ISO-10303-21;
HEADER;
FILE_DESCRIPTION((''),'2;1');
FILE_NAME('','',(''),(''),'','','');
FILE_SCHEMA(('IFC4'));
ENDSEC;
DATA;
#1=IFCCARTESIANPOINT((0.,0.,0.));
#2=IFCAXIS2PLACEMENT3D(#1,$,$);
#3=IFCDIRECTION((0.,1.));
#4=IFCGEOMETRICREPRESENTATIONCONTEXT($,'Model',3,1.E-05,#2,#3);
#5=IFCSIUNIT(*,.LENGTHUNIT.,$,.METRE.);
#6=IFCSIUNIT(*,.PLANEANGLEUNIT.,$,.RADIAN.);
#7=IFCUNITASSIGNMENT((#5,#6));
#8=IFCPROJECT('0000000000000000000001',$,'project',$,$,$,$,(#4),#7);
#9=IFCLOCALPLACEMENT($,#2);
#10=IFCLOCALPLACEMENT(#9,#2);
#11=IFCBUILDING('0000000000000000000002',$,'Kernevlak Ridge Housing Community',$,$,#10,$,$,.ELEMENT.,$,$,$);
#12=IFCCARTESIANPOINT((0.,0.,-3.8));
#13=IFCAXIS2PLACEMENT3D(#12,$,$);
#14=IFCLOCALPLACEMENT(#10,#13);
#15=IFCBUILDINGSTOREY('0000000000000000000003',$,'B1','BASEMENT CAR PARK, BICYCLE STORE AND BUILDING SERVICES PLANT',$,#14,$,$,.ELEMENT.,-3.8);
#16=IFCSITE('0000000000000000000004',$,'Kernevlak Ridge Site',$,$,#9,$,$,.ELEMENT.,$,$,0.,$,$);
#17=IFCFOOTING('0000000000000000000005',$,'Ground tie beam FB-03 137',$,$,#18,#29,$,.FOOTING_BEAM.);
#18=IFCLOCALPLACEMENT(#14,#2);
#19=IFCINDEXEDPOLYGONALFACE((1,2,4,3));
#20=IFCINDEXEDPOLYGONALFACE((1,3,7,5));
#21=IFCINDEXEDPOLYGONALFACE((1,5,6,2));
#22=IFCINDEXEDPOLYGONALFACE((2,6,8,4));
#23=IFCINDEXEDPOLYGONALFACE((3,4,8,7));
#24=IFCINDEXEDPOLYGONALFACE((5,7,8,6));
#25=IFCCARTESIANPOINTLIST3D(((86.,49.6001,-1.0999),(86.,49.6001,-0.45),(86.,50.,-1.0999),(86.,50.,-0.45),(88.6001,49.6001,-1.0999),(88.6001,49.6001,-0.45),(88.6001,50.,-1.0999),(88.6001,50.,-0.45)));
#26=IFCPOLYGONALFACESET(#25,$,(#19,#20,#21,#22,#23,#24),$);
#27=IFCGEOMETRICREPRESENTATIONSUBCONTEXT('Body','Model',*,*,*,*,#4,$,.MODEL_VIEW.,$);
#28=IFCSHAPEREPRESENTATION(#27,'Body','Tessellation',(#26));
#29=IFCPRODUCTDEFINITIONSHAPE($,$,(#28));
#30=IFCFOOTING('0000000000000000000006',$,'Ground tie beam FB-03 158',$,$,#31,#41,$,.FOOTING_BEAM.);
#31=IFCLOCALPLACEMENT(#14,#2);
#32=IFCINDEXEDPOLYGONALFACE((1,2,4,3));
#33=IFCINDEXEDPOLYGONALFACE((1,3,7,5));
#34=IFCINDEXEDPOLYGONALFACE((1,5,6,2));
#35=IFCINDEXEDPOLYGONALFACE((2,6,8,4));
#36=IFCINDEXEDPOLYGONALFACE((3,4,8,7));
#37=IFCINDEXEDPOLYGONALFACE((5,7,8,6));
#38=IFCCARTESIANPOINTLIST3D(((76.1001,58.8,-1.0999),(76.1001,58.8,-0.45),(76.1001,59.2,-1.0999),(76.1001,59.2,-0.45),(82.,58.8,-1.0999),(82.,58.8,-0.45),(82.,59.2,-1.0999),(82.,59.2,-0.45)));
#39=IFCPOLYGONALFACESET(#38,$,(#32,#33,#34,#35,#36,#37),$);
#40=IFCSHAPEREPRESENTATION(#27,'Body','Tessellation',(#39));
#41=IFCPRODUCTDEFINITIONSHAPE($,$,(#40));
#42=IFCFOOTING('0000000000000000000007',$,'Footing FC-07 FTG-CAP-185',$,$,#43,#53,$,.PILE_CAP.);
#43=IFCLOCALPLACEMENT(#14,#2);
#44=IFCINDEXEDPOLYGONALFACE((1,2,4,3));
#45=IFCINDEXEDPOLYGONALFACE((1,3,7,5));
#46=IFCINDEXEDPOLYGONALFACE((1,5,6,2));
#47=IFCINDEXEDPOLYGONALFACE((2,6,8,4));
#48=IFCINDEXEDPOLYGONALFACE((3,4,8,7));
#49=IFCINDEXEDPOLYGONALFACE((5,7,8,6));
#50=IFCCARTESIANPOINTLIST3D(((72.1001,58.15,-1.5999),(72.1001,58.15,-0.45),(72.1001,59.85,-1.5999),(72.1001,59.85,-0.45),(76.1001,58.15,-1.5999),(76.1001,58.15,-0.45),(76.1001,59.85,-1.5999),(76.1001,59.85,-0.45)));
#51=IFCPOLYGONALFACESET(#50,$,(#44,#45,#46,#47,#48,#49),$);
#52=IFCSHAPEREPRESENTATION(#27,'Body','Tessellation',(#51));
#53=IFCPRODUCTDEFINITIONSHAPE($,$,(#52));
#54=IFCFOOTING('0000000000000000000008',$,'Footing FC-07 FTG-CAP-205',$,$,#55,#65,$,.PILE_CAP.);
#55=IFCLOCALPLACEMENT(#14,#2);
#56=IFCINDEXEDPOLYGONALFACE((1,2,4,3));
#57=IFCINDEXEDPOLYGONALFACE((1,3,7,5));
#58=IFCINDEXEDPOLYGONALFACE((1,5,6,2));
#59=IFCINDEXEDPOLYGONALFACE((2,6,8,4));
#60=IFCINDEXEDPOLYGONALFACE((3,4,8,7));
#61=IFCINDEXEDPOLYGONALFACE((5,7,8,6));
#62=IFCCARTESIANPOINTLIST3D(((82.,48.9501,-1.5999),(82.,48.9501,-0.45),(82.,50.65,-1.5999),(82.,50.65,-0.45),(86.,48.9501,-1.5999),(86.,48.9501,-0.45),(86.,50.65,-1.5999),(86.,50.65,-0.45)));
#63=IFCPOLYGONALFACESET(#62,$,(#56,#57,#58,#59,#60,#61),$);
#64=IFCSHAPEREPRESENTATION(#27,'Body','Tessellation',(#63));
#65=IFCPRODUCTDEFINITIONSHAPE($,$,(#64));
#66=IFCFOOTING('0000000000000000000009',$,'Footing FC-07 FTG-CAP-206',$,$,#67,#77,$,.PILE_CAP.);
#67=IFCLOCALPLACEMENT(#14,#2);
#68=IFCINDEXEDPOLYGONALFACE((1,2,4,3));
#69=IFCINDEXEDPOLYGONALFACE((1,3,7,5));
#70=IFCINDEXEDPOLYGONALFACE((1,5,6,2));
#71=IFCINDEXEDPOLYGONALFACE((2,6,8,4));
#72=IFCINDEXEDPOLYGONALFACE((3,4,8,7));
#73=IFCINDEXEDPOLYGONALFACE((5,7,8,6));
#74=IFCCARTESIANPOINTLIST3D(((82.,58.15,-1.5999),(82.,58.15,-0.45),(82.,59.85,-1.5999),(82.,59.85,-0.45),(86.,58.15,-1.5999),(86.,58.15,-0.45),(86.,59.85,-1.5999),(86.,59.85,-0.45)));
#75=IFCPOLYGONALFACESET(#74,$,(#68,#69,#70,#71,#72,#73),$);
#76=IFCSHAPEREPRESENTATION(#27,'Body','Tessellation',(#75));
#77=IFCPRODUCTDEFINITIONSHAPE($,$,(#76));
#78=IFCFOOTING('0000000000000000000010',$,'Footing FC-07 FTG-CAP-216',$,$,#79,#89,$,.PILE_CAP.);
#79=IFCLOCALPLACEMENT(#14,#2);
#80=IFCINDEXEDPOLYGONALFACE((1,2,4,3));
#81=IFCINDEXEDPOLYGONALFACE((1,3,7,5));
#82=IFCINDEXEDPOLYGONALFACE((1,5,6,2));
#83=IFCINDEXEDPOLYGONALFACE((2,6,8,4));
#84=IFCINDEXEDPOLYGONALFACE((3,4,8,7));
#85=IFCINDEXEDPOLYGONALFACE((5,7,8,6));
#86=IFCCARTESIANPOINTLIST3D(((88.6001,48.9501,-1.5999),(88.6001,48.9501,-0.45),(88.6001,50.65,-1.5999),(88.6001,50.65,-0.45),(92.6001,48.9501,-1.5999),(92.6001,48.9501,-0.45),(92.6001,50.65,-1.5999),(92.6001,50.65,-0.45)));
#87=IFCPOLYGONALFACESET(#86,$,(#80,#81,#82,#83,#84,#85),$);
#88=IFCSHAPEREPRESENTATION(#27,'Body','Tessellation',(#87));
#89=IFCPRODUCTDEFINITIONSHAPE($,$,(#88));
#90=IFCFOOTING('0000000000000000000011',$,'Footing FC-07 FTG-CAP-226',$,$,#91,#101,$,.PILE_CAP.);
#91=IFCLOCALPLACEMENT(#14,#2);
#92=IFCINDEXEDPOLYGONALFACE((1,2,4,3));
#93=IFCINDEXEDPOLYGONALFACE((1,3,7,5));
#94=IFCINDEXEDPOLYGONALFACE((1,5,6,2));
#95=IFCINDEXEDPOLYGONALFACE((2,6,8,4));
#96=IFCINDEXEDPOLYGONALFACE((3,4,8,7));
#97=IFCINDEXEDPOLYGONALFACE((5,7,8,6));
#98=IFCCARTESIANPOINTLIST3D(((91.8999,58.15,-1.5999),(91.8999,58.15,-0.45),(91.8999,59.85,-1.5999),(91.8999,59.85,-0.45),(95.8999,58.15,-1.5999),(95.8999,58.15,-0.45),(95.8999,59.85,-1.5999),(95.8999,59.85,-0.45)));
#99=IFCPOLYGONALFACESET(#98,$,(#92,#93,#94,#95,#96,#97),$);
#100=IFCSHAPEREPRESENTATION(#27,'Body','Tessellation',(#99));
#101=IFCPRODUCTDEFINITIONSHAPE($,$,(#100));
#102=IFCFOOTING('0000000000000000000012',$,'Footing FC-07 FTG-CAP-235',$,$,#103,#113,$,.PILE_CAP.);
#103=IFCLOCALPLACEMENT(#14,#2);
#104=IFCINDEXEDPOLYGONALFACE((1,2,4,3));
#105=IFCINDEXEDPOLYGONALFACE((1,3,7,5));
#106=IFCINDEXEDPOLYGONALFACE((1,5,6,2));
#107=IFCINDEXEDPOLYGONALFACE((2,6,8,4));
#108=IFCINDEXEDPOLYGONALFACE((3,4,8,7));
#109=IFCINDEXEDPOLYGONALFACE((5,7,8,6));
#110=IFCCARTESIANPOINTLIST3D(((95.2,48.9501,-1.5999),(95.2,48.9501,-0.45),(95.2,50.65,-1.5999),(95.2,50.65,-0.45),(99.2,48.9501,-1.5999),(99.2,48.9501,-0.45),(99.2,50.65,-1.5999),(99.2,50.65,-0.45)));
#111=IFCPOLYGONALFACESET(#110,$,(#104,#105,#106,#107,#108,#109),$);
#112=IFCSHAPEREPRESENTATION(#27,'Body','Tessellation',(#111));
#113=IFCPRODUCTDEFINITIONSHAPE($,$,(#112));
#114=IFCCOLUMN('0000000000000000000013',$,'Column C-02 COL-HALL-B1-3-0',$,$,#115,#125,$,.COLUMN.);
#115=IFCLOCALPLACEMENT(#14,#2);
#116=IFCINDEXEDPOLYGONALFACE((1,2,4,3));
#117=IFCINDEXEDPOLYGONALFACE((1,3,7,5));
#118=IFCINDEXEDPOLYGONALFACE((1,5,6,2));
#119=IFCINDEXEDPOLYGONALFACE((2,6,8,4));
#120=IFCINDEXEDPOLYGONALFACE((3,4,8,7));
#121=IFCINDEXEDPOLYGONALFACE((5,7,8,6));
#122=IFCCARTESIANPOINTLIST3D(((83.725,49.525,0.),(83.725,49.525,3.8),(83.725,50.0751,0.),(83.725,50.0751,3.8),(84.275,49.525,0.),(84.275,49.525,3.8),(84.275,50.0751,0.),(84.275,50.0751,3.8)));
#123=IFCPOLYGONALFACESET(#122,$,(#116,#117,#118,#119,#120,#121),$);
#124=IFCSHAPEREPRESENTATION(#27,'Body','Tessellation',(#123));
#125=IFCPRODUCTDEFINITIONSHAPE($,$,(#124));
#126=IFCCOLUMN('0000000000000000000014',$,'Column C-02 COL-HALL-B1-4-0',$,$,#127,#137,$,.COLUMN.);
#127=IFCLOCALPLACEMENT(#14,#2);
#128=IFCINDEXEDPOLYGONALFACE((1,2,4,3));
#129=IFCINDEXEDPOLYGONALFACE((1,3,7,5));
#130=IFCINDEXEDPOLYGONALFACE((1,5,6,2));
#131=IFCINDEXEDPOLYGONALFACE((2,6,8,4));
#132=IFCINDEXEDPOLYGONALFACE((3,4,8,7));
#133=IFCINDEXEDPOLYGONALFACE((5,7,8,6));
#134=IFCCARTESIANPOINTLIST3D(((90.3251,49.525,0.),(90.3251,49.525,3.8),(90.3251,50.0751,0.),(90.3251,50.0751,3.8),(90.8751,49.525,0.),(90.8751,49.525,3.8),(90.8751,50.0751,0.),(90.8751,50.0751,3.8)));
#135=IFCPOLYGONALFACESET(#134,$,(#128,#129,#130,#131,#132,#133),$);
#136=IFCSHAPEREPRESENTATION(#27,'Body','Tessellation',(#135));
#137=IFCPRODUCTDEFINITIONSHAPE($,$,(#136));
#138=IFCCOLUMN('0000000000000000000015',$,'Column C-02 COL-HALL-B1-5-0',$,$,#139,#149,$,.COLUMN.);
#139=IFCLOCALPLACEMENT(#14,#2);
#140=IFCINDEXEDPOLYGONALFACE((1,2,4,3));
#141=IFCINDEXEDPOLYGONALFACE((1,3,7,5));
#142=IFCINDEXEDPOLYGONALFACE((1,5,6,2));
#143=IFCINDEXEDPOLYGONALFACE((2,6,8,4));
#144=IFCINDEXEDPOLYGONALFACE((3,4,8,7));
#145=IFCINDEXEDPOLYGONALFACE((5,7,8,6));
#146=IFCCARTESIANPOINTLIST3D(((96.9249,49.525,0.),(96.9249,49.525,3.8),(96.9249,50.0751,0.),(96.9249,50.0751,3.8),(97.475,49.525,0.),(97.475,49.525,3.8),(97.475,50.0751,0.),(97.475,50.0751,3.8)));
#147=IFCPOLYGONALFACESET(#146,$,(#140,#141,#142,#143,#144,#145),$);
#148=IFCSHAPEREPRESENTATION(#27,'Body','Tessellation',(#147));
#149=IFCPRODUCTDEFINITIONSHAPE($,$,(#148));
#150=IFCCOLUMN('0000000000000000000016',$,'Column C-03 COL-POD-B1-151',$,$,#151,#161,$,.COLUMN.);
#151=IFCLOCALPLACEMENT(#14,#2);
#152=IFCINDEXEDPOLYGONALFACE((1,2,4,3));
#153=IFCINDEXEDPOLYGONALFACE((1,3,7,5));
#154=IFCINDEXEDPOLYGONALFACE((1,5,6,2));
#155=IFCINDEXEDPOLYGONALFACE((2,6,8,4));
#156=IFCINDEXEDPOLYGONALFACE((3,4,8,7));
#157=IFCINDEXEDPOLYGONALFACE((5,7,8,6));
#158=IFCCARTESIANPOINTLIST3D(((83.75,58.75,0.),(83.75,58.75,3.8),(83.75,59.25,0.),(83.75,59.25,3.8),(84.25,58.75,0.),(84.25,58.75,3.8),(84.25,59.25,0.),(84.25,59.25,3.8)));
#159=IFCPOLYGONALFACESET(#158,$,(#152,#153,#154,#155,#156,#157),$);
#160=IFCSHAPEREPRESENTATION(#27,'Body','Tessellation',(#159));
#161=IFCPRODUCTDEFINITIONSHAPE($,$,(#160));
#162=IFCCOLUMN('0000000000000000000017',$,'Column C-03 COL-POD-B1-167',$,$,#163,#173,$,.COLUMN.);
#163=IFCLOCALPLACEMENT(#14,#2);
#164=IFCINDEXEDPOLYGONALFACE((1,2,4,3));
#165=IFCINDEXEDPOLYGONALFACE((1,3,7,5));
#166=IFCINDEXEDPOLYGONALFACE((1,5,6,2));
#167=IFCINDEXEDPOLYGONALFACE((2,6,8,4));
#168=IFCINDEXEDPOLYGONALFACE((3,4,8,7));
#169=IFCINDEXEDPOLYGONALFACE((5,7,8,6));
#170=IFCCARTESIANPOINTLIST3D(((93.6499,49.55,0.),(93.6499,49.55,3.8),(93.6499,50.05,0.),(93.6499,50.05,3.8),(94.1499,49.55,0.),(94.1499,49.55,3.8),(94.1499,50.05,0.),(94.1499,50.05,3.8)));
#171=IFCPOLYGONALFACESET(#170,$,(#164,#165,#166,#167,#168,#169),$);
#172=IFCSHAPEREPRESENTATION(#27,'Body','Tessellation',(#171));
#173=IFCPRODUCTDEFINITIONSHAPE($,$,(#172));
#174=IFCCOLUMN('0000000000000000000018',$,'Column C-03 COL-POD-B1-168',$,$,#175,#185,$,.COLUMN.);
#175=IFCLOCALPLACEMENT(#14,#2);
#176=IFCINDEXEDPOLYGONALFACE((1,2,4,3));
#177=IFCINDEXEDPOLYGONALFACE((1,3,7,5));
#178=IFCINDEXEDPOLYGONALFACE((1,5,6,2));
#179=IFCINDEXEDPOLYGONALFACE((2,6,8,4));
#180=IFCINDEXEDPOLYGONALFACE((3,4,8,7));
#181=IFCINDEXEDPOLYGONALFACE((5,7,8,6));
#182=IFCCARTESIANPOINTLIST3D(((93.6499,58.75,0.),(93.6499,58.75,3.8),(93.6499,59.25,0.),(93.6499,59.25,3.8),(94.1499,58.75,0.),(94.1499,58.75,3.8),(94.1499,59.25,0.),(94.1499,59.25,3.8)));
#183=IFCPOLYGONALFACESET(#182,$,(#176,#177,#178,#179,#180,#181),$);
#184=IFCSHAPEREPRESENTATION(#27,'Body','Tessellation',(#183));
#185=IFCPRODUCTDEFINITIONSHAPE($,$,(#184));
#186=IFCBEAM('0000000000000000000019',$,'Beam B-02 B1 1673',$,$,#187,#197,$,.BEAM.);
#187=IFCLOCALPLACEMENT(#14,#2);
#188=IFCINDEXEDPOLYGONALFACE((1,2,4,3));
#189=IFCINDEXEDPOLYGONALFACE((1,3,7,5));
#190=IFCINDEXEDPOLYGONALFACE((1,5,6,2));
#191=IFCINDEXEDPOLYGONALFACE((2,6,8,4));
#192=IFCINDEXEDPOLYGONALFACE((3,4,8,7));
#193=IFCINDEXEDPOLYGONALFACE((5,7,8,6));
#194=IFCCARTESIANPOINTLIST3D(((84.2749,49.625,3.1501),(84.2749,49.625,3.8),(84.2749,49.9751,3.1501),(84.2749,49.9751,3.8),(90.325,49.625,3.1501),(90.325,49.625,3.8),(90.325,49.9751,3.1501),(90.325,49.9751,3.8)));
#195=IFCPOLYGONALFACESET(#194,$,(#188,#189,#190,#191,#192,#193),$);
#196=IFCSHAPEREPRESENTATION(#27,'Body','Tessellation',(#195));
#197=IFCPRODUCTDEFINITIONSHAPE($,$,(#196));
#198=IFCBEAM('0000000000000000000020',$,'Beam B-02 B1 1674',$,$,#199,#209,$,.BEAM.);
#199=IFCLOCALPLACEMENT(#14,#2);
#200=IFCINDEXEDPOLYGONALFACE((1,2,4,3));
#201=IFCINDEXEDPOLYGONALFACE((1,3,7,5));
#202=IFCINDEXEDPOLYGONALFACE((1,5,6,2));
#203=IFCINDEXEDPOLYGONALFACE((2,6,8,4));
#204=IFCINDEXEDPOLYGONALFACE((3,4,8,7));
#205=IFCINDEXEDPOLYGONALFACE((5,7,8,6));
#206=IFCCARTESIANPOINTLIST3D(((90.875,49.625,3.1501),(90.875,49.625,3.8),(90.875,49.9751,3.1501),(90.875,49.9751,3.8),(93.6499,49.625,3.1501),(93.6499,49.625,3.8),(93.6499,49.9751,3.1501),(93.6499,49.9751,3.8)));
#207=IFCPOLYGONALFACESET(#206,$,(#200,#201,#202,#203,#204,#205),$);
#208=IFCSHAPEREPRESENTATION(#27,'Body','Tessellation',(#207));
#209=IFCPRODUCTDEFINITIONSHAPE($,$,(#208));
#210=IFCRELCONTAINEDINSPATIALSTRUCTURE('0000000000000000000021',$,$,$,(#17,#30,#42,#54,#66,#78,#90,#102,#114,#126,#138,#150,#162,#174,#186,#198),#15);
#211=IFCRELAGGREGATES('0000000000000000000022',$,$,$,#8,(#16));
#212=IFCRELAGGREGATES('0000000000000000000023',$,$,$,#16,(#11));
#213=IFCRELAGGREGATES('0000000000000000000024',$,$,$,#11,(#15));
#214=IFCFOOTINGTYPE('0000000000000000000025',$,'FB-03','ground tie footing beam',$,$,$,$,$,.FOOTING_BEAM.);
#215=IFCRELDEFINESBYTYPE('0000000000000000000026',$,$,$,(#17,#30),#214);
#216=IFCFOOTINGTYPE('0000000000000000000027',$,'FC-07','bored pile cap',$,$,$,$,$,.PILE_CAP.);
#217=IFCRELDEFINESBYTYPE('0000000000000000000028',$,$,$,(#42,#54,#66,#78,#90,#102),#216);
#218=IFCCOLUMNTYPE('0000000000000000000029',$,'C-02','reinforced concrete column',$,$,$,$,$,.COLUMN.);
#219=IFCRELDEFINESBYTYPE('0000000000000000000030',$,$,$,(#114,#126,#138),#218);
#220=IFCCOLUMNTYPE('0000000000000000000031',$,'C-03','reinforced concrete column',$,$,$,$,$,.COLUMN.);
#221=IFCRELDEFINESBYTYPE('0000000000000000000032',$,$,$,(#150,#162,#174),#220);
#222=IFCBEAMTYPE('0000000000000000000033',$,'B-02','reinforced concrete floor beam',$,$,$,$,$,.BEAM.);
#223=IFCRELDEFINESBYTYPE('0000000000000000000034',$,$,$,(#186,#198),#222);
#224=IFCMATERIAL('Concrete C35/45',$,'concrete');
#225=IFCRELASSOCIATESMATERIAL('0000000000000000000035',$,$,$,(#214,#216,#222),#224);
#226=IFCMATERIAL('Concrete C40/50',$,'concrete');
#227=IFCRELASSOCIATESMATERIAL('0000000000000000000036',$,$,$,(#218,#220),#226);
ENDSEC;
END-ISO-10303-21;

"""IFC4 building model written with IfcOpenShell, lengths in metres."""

from ifc_helpers import new_model, si_unit, direction, frame, origin, origin_2d, place, context, subcontext, project, spatial, rectangle, extrude, material, material_profile, profile_set, type_object, element, save


model = new_model("IFC4")

# Units and contexts
model_context = context("Model", 3, precision=1e-05, world=origin(), true_north=direction((0.0, 1.0)))
body_context = subcontext(model_context, "Body", "Model", "MODEL_VIEW")
ifc_project = project(units=[si_unit("LENGTHUNIT", "METRE"), si_unit("PLANEANGLEUNIT", "RADIAN")], contexts=[model_context])

# Site, building, storey
site_placement = place(None, origin())
site = spatial("IfcSite", under=ifc_project, at=site_placement, Name="Kernevlak Ridge Site", CompositionType="ELEMENT", RefElevation=0.0)
building_placement = place(site_placement, origin())
building = spatial("IfcBuilding", under=site, at=building_placement, Name="Kernevlak Ridge Housing Community", CompositionType="ELEMENT")
storey_placement = place(building_placement, frame((0.0, 0.0, -3.8)))
storey = spatial("IfcBuildingStorey", under=building, at=storey_placement, Name="B1", Description="BASEMENT CAR PARK, BICYCLE STORE AND BUILDING SERVICES PLANT", CompositionType="ELEMENT", Elevation=-3.8)

# Shared definitions
ifc_material_1 = material(Name="Concrete C35/45", Category="concrete")

# Footings
ifc_material_profile_1 = material_profile(ifc_material_1, rectangle(XDim=0.3999, YDim=0.6499, at=origin_2d()), Name="RC 400x650")
ifc_profile_set_1 = profile_set([ifc_material_profile_1], Name="Concrete C35/45")
footing_type_1 = type_object("IfcFootingType", Name="FB-03", Description="ground tie footing beam", PredefinedType="FOOTING_BEAM", material=ifc_profile_set_1)
footing_1_placement = place(storey_placement, frame((86.0, 49.8, -0.7749), z_axis=(1.0, 0.0, 0.0), x_axis=(0.0, 1.0, 0.0)))
element("IfcFooting", 1, at=footing_1_placement, inside=storey, type_object=footing_type_1, Name="Ground tie beam FB-03 137", PredefinedType="FOOTING_BEAM", context=body_context, shape_type="SweptSolid", body=[
    extrude(rectangle(XDim=0.3999, YDim=0.6499, at=origin_2d()), origin(), (0.0, 0.0, 1.0), 2.6001),
])
footing_2_placement = place(storey_placement, frame((76.1001, 59.0, -0.7749), z_axis=(1.0, 0.0, 0.0), x_axis=(0.0, 1.0, 0.0)))
element("IfcFooting", 2, at=footing_2_placement, inside=storey, type_object=footing_type_1, Name="Ground tie beam FB-03 158", PredefinedType="FOOTING_BEAM", context=body_context, shape_type="SweptSolid", body=[
    extrude(rectangle(XDim=0.3999, YDim=0.6499, at=origin_2d()), origin(), (0.0, 0.0, 1.0), 5.8999),
])
footing_type_2 = type_object("IfcFootingType", Name="FC-07", Description="bored pile cap", PredefinedType="PILE_CAP", material=ifc_material_1)
for number, where, z_axis, x_axis, name in (
    (3, (74.1001, 59.0, -1.5999), (0.0, 0.0, 1.0), (1.0, 0.0, 0.0), "Footing FC-07 FTG-CAP-185"),
    (4, (84.0, 49.8, -1.5999), (0.0, 0.0, 1.0), (1.0, 0.0, 0.0), "Footing FC-07 FTG-CAP-205"),
    (5, (84.0, 59.0, -1.5999), (0.0, 0.0, 1.0), (1.0, 0.0, 0.0), "Footing FC-07 FTG-CAP-206"),
    (6, (90.6001, 49.8, -1.5999), (0.0, 0.0, 1.0), (1.0, 0.0, 0.0), "Footing FC-07 FTG-CAP-216"),
    (7, (93.8999, 59.0, -1.5999), (0.0, 0.0, 1.0), (1.0, 0.0, 0.0), "Footing FC-07 FTG-CAP-226"),
    (8, (97.2, 49.8, -1.5999), (0.0, 0.0, 1.0), (1.0, 0.0, 0.0), "Footing FC-07 FTG-CAP-235"),
):
    element("IfcFooting", number, at=place(storey_placement, frame(where, z_axis=z_axis, x_axis=x_axis)), inside=storey, type_object=footing_type_2, Name=name, PredefinedType="PILE_CAP", context=body_context, shape_type="SweptSolid", body=[
        extrude(rectangle(XDim=4.0, YDim=1.7, at=origin_2d()), origin(), (0.0, 0.0, 1.0), 1.1499),
    ])

# Columns
ifc_material_2 = material(Name="Concrete C40/50", Category="concrete")
ifc_material_profile_2 = material_profile(ifc_material_2, rectangle(XDim=0.55, YDim=0.55, at=origin_2d()), Name="RC 550x550")
ifc_profile_set_2 = profile_set([ifc_material_profile_2], Name="Concrete C40/50")
column_type_1 = type_object("IfcColumnType", Name="C-02", Description="reinforced concrete column", PredefinedType="COLUMN", material=ifc_profile_set_2)
for number, where, z_axis, x_axis, name in (
    (9, (84.0, 49.8, 0.0), (0.0, 0.0, 1.0), (1.0, 0.0, 0.0), "Column C-02 COL-HALL-B1-3-0"),
    (10, (90.6001, 49.8, 0.0), (0.0, 0.0, 1.0), (1.0, 0.0, 0.0), "Column C-02 COL-HALL-B1-4-0"),
    (11, (97.2, 49.8, 0.0), (0.0, 0.0, 1.0), (1.0, 0.0, 0.0), "Column C-02 COL-HALL-B1-5-0"),
):
    element("IfcColumn", number, at=place(storey_placement, frame(where, z_axis=z_axis, x_axis=x_axis)), inside=storey, type_object=column_type_1, Name=name, PredefinedType="COLUMN", context=body_context, shape_type="SweptSolid", body=[
        extrude(rectangle(XDim=0.55, YDim=0.55, at=origin_2d()), origin(), (0.0, 0.0, 1.0), 3.8),
    ])
ifc_material_profile_3 = material_profile(ifc_material_2, rectangle(XDim=0.5, YDim=0.5, at=origin_2d()), Name="RC 500x500")
ifc_profile_set_3 = profile_set([ifc_material_profile_3], Name="Concrete C40/50")
column_type_2 = type_object("IfcColumnType", Name="C-03", Description="reinforced concrete column", PredefinedType="COLUMN", material=ifc_profile_set_3)
for number, where, z_axis, x_axis, name in (
    (12, (84.0, 59.0, 0.0), (0.0, 0.0, 1.0), (1.0, 0.0, 0.0), "Column C-03 COL-POD-B1-151"),
    (13, (93.8999, 49.8, 0.0), (0.0, 0.0, 1.0), (1.0, 0.0, 0.0), "Column C-03 COL-POD-B1-167"),
    (14, (93.8999, 59.0, 0.0), (0.0, 0.0, 1.0), (1.0, 0.0, 0.0), "Column C-03 COL-POD-B1-168"),
):
    element("IfcColumn", number, at=place(storey_placement, frame(where, z_axis=z_axis, x_axis=x_axis)), inside=storey, type_object=column_type_2, Name=name, PredefinedType="COLUMN", context=body_context, shape_type="SweptSolid", body=[
        extrude(rectangle(XDim=0.5, YDim=0.5, at=origin_2d()), origin(), (0.0, 0.0, 1.0), 3.8),
    ])

# Beams
ifc_material_profile_4 = material_profile(ifc_material_1, rectangle(XDim=0.3501, YDim=0.6499, at=origin_2d()), Name="RC 350x650")
ifc_profile_set_4 = profile_set([ifc_material_profile_4], Name="Concrete C35/45")
beam_type_1 = type_object("IfcBeamType", Name="B-02", Description="reinforced concrete floor beam", PredefinedType="BEAM", material=ifc_profile_set_4)
beam_1_placement = place(storey_placement, frame((84.2749, 49.8, 3.4751), z_axis=(1.0, 0.0, 0.0), x_axis=(0.0, 1.0, 0.0)))
element("IfcBeam", 15, at=beam_1_placement, inside=storey, type_object=beam_type_1, Name="Beam B-02 B1 1673", PredefinedType="BEAM", context=body_context, shape_type="SweptSolid", body=[
    extrude(rectangle(XDim=0.3501, YDim=0.6499, at=origin_2d()), origin(), (0.0, 0.0, 1.0), 6.05),
])
beam_2_placement = place(storey_placement, frame((90.875, 49.8, 3.4751), z_axis=(1.0, 0.0, 0.0), x_axis=(0.0, 1.0, 0.0)))
element("IfcBeam", 16, at=beam_2_placement, inside=storey, type_object=beam_type_1, Name="Beam B-02 B1 1674", PredefinedType="BEAM", context=body_context, shape_type="SweptSolid", body=[
    extrude(rectangle(XDim=0.3501, YDim=0.6499, at=origin_2d()), origin(), (0.0, 0.0, 1.0), 2.7749),
])

save(model, "model.ifc")
